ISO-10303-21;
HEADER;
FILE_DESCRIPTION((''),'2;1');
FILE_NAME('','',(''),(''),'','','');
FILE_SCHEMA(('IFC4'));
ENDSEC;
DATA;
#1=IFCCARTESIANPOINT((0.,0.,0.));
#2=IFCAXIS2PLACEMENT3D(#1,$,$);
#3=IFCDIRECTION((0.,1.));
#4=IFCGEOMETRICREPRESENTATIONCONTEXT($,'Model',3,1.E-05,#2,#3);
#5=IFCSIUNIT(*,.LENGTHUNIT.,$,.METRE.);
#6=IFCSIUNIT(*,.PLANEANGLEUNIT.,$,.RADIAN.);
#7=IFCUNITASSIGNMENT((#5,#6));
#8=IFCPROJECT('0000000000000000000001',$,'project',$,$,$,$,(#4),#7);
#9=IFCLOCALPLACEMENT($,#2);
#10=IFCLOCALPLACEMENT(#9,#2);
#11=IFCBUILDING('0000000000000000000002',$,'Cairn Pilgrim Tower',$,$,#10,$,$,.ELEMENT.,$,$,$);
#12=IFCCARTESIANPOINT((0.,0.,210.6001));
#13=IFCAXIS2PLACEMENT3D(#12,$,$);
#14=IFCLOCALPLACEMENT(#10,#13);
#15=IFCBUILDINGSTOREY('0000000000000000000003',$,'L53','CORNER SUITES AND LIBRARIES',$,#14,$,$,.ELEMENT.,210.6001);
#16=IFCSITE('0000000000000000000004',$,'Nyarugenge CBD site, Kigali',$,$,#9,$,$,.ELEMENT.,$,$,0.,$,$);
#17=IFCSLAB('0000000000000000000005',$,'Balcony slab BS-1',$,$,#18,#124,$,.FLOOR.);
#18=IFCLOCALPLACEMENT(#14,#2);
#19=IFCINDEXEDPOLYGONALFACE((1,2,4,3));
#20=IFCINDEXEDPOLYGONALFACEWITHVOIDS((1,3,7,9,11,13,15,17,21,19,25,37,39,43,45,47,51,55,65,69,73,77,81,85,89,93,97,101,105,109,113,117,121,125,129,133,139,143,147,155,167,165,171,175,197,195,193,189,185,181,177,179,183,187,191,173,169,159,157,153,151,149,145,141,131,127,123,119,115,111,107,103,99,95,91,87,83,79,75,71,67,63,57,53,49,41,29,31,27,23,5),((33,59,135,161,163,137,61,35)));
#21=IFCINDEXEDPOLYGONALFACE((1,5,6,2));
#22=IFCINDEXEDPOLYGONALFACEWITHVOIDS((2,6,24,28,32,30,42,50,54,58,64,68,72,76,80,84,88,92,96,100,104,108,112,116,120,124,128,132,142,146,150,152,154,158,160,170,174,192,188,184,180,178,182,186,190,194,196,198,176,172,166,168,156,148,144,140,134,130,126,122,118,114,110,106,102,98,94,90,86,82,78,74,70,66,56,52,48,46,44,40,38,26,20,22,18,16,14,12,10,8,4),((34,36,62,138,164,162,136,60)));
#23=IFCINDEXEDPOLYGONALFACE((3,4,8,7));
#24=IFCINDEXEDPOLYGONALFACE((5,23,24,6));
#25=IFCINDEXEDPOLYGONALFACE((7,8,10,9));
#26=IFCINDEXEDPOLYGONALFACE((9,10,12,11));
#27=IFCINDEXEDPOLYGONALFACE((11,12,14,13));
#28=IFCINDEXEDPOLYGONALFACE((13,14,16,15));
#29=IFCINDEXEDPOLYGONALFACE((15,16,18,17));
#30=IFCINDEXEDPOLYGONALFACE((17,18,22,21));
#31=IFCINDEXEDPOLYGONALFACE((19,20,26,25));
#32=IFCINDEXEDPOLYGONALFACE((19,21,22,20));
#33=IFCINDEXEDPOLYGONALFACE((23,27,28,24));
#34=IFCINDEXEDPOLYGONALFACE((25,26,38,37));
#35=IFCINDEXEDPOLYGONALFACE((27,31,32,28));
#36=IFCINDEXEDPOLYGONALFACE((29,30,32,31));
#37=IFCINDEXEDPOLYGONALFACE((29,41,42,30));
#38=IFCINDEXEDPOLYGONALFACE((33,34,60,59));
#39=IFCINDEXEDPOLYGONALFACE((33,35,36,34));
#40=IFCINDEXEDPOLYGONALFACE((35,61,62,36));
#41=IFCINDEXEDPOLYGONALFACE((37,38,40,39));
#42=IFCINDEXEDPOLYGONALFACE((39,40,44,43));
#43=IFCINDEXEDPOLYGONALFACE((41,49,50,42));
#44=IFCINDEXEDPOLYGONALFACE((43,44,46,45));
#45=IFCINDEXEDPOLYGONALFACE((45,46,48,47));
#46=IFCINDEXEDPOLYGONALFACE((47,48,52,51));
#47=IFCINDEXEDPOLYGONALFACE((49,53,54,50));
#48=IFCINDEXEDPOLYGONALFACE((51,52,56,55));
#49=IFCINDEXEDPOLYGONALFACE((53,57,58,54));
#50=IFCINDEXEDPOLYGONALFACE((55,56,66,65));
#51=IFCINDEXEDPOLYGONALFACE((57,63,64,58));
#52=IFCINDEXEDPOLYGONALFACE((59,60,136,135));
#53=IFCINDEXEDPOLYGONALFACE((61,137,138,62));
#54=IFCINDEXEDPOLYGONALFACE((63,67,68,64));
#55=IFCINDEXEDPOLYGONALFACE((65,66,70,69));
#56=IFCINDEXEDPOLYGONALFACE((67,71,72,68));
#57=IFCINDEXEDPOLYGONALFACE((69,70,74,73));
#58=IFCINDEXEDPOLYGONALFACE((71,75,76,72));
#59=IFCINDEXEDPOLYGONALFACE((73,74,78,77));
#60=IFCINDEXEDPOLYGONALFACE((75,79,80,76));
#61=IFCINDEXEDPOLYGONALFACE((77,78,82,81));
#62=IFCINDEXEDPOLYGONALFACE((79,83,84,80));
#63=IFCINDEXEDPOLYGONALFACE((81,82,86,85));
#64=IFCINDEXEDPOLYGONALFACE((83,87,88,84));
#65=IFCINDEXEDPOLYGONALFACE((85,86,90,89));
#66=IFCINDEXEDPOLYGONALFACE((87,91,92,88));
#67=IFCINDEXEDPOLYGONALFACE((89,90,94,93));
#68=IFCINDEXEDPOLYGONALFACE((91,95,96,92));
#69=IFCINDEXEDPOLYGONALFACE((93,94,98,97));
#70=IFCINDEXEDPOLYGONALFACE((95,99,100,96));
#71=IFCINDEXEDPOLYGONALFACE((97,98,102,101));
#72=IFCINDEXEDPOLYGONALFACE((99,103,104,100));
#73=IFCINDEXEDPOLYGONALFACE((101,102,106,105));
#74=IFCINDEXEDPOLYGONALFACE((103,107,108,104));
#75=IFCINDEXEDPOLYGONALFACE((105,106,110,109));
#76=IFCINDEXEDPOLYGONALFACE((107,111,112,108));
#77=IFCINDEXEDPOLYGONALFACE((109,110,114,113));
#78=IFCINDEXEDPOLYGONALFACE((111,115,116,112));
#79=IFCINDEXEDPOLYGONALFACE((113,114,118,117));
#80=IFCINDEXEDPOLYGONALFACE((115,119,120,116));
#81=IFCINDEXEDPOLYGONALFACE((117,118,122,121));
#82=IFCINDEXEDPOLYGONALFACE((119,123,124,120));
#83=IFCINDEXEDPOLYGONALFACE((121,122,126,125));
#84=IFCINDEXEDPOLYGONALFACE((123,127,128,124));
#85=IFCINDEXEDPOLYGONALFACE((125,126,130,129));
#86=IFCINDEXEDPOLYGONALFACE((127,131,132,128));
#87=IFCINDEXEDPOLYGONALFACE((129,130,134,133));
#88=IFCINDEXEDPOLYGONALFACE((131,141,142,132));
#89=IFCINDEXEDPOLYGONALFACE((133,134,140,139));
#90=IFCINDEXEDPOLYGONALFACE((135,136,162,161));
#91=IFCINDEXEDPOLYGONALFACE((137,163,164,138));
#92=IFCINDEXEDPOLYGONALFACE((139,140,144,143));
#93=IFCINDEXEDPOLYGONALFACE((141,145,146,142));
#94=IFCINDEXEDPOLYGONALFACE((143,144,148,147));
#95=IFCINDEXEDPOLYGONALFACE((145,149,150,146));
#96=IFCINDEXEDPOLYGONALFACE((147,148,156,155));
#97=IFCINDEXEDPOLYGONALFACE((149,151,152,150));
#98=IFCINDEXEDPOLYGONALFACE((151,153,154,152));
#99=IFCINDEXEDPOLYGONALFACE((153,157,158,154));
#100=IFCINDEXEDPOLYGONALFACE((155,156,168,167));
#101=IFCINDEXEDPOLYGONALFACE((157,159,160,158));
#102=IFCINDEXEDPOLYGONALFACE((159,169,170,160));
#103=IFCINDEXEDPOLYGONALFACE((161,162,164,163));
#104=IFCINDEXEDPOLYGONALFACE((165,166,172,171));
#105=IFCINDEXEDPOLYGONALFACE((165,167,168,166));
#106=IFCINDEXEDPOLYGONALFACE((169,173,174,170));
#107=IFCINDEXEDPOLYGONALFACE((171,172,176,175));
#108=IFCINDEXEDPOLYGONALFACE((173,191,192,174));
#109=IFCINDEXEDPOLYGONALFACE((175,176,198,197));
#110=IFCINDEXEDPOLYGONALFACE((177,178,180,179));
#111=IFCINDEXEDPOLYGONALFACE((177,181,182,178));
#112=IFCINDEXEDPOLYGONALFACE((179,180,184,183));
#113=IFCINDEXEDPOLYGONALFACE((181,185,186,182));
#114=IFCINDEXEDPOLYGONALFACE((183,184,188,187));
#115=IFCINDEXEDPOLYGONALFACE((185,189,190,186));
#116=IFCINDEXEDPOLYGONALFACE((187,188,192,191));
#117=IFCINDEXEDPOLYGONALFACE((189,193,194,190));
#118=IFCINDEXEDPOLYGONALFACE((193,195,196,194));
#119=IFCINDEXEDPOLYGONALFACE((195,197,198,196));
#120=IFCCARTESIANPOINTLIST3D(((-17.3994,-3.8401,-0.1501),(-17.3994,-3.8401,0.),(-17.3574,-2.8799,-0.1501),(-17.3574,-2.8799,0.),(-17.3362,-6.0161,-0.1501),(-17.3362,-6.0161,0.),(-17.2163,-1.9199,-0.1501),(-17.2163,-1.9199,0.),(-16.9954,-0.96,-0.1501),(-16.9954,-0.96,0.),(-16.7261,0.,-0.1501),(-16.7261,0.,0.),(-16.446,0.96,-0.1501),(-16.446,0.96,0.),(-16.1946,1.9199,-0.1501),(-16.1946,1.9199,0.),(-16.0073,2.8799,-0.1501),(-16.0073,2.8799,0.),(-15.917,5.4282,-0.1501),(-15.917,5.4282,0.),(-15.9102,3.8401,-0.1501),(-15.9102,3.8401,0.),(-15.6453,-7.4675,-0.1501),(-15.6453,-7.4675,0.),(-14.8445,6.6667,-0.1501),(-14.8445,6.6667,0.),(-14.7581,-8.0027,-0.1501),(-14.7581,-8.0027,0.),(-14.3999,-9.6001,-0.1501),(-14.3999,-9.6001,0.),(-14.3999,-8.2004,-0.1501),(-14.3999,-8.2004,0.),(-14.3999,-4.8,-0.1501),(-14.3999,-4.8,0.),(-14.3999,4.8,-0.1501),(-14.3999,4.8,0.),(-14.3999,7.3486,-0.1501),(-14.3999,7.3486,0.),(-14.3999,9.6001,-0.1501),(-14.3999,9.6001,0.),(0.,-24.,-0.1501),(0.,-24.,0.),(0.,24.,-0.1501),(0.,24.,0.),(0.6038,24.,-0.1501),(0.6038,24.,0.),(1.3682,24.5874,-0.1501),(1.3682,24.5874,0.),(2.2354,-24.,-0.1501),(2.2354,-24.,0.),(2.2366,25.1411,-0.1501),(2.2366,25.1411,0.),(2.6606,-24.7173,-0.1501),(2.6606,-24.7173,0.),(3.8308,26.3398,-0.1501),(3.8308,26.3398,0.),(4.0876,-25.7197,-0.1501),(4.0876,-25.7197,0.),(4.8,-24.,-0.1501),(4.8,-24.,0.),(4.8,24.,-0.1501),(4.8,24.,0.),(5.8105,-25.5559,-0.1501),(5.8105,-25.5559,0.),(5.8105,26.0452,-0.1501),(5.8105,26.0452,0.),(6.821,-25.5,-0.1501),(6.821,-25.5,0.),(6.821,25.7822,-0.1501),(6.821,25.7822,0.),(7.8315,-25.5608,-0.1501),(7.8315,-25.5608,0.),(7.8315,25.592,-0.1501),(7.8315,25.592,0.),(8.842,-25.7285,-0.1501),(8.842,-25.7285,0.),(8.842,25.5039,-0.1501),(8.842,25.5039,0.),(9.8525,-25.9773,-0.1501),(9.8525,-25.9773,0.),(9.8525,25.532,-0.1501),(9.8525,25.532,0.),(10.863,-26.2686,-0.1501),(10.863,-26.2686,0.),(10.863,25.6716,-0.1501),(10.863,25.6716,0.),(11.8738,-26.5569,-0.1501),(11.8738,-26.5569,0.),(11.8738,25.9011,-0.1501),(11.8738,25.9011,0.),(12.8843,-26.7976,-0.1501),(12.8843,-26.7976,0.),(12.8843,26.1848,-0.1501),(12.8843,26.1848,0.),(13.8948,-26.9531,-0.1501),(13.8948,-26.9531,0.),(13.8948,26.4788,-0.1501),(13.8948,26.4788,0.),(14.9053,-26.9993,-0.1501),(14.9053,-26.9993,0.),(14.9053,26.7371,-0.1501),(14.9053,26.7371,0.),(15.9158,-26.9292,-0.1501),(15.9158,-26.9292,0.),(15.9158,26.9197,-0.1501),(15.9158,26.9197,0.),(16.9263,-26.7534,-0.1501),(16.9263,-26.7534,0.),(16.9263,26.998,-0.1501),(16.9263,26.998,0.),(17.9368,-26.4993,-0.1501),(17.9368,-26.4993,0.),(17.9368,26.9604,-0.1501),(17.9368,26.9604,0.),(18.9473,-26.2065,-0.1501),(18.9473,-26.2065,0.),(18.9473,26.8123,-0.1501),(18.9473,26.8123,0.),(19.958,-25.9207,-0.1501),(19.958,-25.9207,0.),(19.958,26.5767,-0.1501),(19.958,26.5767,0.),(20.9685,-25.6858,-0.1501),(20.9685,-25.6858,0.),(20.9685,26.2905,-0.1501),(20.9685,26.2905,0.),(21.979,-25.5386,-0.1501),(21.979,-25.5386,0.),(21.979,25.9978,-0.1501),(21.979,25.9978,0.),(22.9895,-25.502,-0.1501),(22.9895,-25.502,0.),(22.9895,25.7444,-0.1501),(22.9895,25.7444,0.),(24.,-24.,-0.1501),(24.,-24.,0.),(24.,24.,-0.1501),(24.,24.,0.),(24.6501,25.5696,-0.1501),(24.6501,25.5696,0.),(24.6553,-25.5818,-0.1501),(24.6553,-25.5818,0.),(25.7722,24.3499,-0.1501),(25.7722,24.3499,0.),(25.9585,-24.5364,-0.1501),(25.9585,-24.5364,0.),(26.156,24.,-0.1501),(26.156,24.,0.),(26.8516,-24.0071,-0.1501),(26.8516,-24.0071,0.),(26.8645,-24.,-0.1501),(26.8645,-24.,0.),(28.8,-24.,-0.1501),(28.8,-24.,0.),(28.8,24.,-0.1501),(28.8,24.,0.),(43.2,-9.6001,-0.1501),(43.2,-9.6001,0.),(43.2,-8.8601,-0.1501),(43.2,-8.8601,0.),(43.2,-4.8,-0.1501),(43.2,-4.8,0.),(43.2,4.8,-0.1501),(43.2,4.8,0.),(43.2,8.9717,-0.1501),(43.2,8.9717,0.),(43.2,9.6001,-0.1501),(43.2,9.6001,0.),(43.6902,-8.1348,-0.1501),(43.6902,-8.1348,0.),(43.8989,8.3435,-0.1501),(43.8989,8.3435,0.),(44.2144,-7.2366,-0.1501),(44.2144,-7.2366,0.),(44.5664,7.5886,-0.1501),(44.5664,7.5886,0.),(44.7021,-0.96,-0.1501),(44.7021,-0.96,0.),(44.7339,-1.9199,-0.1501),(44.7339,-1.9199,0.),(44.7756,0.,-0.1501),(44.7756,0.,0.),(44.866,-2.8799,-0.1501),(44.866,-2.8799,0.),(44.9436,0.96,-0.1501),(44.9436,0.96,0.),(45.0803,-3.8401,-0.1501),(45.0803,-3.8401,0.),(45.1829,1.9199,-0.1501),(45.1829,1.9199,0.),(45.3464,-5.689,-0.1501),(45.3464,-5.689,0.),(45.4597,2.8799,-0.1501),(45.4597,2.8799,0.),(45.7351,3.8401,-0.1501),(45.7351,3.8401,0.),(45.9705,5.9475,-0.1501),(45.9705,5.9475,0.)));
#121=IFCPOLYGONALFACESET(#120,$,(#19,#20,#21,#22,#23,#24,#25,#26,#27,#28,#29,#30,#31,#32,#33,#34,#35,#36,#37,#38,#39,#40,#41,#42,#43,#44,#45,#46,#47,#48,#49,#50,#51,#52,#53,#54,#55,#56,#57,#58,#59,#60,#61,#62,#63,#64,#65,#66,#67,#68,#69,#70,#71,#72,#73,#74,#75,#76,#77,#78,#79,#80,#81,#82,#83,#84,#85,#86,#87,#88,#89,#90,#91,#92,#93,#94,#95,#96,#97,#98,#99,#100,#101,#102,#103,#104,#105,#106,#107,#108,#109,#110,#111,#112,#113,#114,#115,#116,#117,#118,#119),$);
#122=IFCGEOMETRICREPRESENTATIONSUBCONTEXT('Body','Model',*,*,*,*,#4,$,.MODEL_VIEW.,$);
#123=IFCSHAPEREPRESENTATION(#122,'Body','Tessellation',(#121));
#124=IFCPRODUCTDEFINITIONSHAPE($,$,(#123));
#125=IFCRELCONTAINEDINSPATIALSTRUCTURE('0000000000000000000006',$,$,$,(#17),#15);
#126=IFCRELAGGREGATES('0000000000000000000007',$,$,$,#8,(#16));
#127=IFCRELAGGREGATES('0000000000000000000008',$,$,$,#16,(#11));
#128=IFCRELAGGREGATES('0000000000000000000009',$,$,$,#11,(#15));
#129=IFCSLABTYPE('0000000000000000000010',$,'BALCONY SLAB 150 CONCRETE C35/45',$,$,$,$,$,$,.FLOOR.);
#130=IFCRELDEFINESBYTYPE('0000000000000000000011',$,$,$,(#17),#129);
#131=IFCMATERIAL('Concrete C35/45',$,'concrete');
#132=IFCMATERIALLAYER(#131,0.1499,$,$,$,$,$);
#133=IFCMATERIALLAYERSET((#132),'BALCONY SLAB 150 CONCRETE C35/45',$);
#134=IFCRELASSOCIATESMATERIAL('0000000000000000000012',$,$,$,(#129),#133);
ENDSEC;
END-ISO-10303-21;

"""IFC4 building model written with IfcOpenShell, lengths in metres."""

from ifc_helpers import new_model, si_unit, direction, frame, origin, place, context, subcontext, project, spatial, polyline, outline, extrude, material, layer, layer_set, type_object, element, save


model = new_model("IFC4")

# Units and contexts
model_context = context("Model", 3, precision=1e-05, world=origin(), true_north=direction((0.0, 1.0)))
body_context = subcontext(model_context, "Body", "Model", "MODEL_VIEW")
ifc_project = project(units=[si_unit("LENGTHUNIT", "METRE"), si_unit("PLANEANGLEUNIT", "RADIAN")], contexts=[model_context])

# Site, building, storey
site_placement = place(None, origin())
site = spatial("IfcSite", under=ifc_project, at=site_placement, Name="Nyarugenge CBD site, Kigali", CompositionType="ELEMENT", RefElevation=0.0)
building_placement = place(site_placement, origin())
building = spatial("IfcBuilding", under=site, at=building_placement, Name="Cairn Pilgrim Tower", CompositionType="ELEMENT")
storey_placement = place(building_placement, frame((0.0, 0.0, 210.6001)))
storey = spatial("IfcBuildingStorey", under=building, at=storey_placement, Name="L53", Description="CORNER SUITES AND LIBRARIES", CompositionType="ELEMENT", Elevation=210.6001)

# Slab
ifc_material_1 = material(Name="Concrete C35/45", Category="concrete")
ifc_layer_1 = layer(ifc_material_1, 0.1499)
ifc_layer_set_1 = layer_set([ifc_layer_1], Name="BALCONY SLAB 150 CONCRETE C35/45")
slab_type_1 = type_object("IfcSlabType", Name="BALCONY SLAB 150 CONCRETE C35/45", PredefinedType="FLOOR", material=ifc_layer_set_1)
slab_1_placement = place(storey_placement, frame((0.0, 0.0, -0.1501)))
element("IfcSlab", 1, at=slab_1_placement, inside=storey, type_object=slab_type_1, Name="Balcony slab BS-1", PredefinedType="FLOOR", context=body_context, shape_type="SweptSolid", body=[
    extrude(outline(polyline([(25.9585, -24.5364), (26.8516, -24.0071), (26.8645, -24.0), (28.8, -24.0), (43.2, -9.6001), (43.2, -8.8601), (43.6902, -8.1348), (44.2144, -7.2366), (45.3464, -5.689), (45.0803, -3.8401), (44.866, -2.8799), (44.7339, -1.9199), (44.7021, -0.96), (44.7756, 0.0), (44.9436, 0.96), (45.1829, 1.9199), (45.4597, 2.8799), (45.7351, 3.8401), (45.9705, 5.9475), (44.5664, 7.5886), (43.8989, 8.3435), (43.2, 8.9717), (43.2, 9.6001), (28.8, 24.0), (26.156, 24.0), (25.7722, 24.3499), (24.6501, 25.5696), (22.9895, 25.7444), (21.979, 25.9978), (20.9685, 26.2905), (19.958, 26.5767), (18.9473, 26.8123), (17.9368, 26.9604), (16.9263, 26.998), (15.9158, 26.9197), (14.9053, 26.7371), (13.8948, 26.4788), (12.8843, 26.1848), (11.8738, 25.9011), (10.863, 25.6716), (9.8525, 25.532), (8.842, 25.5039), (7.8315, 25.592), (6.821, 25.7822), (5.8105, 26.0452), (3.8308, 26.3398), (2.2366, 25.1411), (1.3682, 24.5874), (0.6038, 24.0), (0.0, 24.0), (-14.3999, 9.6001), (-14.3999, 7.3486), (-14.8445, 6.6667), (-15.917, 5.4282), (-15.9102, 3.8401), (-16.0073, 2.8799), (-16.1946, 1.9199), (-16.446, 0.96), (-16.7261, 0.0), (-16.9954, -0.96), (-17.2163, -1.9199), (-17.3574, -2.8799), (-17.3994, -3.8401), (-17.3362, -6.0161), (-15.6453, -7.4675), (-14.7581, -8.0027), (-14.3999, -8.2004), (-14.3999, -9.6001), (0.0, -24.0), (2.2354, -24.0), (2.6606, -24.7173), (4.0876, -25.7197), (5.8105, -25.5559), (6.821, -25.5), (7.8315, -25.5608), (8.842, -25.7285), (9.8525, -25.9773), (10.863, -26.2686), (11.8738, -26.5569), (12.8843, -26.7976), (13.8948, -26.9531), (14.9053, -26.9993), (15.9158, -26.9292), (16.9263, -26.7534), (17.9368, -26.4993), (18.9473, -26.2065), (19.958, -25.9207), (20.9685, -25.6858), (21.979, -25.5386), (22.9895, -25.502), (24.6553, -25.5818), (25.9585, -24.5364)]), holes=[polyline([(24.0, -24.0), (4.8, -24.0), (-14.3999, -4.8), (-14.3999, 4.8), (4.8, 24.0), (24.0, 24.0), (43.2, 4.8), (43.2, -4.8), (24.0, -24.0)])]), origin(), (0.0, 0.0, 1.0), 0.1501),
])

save(model, "model.ifc")
